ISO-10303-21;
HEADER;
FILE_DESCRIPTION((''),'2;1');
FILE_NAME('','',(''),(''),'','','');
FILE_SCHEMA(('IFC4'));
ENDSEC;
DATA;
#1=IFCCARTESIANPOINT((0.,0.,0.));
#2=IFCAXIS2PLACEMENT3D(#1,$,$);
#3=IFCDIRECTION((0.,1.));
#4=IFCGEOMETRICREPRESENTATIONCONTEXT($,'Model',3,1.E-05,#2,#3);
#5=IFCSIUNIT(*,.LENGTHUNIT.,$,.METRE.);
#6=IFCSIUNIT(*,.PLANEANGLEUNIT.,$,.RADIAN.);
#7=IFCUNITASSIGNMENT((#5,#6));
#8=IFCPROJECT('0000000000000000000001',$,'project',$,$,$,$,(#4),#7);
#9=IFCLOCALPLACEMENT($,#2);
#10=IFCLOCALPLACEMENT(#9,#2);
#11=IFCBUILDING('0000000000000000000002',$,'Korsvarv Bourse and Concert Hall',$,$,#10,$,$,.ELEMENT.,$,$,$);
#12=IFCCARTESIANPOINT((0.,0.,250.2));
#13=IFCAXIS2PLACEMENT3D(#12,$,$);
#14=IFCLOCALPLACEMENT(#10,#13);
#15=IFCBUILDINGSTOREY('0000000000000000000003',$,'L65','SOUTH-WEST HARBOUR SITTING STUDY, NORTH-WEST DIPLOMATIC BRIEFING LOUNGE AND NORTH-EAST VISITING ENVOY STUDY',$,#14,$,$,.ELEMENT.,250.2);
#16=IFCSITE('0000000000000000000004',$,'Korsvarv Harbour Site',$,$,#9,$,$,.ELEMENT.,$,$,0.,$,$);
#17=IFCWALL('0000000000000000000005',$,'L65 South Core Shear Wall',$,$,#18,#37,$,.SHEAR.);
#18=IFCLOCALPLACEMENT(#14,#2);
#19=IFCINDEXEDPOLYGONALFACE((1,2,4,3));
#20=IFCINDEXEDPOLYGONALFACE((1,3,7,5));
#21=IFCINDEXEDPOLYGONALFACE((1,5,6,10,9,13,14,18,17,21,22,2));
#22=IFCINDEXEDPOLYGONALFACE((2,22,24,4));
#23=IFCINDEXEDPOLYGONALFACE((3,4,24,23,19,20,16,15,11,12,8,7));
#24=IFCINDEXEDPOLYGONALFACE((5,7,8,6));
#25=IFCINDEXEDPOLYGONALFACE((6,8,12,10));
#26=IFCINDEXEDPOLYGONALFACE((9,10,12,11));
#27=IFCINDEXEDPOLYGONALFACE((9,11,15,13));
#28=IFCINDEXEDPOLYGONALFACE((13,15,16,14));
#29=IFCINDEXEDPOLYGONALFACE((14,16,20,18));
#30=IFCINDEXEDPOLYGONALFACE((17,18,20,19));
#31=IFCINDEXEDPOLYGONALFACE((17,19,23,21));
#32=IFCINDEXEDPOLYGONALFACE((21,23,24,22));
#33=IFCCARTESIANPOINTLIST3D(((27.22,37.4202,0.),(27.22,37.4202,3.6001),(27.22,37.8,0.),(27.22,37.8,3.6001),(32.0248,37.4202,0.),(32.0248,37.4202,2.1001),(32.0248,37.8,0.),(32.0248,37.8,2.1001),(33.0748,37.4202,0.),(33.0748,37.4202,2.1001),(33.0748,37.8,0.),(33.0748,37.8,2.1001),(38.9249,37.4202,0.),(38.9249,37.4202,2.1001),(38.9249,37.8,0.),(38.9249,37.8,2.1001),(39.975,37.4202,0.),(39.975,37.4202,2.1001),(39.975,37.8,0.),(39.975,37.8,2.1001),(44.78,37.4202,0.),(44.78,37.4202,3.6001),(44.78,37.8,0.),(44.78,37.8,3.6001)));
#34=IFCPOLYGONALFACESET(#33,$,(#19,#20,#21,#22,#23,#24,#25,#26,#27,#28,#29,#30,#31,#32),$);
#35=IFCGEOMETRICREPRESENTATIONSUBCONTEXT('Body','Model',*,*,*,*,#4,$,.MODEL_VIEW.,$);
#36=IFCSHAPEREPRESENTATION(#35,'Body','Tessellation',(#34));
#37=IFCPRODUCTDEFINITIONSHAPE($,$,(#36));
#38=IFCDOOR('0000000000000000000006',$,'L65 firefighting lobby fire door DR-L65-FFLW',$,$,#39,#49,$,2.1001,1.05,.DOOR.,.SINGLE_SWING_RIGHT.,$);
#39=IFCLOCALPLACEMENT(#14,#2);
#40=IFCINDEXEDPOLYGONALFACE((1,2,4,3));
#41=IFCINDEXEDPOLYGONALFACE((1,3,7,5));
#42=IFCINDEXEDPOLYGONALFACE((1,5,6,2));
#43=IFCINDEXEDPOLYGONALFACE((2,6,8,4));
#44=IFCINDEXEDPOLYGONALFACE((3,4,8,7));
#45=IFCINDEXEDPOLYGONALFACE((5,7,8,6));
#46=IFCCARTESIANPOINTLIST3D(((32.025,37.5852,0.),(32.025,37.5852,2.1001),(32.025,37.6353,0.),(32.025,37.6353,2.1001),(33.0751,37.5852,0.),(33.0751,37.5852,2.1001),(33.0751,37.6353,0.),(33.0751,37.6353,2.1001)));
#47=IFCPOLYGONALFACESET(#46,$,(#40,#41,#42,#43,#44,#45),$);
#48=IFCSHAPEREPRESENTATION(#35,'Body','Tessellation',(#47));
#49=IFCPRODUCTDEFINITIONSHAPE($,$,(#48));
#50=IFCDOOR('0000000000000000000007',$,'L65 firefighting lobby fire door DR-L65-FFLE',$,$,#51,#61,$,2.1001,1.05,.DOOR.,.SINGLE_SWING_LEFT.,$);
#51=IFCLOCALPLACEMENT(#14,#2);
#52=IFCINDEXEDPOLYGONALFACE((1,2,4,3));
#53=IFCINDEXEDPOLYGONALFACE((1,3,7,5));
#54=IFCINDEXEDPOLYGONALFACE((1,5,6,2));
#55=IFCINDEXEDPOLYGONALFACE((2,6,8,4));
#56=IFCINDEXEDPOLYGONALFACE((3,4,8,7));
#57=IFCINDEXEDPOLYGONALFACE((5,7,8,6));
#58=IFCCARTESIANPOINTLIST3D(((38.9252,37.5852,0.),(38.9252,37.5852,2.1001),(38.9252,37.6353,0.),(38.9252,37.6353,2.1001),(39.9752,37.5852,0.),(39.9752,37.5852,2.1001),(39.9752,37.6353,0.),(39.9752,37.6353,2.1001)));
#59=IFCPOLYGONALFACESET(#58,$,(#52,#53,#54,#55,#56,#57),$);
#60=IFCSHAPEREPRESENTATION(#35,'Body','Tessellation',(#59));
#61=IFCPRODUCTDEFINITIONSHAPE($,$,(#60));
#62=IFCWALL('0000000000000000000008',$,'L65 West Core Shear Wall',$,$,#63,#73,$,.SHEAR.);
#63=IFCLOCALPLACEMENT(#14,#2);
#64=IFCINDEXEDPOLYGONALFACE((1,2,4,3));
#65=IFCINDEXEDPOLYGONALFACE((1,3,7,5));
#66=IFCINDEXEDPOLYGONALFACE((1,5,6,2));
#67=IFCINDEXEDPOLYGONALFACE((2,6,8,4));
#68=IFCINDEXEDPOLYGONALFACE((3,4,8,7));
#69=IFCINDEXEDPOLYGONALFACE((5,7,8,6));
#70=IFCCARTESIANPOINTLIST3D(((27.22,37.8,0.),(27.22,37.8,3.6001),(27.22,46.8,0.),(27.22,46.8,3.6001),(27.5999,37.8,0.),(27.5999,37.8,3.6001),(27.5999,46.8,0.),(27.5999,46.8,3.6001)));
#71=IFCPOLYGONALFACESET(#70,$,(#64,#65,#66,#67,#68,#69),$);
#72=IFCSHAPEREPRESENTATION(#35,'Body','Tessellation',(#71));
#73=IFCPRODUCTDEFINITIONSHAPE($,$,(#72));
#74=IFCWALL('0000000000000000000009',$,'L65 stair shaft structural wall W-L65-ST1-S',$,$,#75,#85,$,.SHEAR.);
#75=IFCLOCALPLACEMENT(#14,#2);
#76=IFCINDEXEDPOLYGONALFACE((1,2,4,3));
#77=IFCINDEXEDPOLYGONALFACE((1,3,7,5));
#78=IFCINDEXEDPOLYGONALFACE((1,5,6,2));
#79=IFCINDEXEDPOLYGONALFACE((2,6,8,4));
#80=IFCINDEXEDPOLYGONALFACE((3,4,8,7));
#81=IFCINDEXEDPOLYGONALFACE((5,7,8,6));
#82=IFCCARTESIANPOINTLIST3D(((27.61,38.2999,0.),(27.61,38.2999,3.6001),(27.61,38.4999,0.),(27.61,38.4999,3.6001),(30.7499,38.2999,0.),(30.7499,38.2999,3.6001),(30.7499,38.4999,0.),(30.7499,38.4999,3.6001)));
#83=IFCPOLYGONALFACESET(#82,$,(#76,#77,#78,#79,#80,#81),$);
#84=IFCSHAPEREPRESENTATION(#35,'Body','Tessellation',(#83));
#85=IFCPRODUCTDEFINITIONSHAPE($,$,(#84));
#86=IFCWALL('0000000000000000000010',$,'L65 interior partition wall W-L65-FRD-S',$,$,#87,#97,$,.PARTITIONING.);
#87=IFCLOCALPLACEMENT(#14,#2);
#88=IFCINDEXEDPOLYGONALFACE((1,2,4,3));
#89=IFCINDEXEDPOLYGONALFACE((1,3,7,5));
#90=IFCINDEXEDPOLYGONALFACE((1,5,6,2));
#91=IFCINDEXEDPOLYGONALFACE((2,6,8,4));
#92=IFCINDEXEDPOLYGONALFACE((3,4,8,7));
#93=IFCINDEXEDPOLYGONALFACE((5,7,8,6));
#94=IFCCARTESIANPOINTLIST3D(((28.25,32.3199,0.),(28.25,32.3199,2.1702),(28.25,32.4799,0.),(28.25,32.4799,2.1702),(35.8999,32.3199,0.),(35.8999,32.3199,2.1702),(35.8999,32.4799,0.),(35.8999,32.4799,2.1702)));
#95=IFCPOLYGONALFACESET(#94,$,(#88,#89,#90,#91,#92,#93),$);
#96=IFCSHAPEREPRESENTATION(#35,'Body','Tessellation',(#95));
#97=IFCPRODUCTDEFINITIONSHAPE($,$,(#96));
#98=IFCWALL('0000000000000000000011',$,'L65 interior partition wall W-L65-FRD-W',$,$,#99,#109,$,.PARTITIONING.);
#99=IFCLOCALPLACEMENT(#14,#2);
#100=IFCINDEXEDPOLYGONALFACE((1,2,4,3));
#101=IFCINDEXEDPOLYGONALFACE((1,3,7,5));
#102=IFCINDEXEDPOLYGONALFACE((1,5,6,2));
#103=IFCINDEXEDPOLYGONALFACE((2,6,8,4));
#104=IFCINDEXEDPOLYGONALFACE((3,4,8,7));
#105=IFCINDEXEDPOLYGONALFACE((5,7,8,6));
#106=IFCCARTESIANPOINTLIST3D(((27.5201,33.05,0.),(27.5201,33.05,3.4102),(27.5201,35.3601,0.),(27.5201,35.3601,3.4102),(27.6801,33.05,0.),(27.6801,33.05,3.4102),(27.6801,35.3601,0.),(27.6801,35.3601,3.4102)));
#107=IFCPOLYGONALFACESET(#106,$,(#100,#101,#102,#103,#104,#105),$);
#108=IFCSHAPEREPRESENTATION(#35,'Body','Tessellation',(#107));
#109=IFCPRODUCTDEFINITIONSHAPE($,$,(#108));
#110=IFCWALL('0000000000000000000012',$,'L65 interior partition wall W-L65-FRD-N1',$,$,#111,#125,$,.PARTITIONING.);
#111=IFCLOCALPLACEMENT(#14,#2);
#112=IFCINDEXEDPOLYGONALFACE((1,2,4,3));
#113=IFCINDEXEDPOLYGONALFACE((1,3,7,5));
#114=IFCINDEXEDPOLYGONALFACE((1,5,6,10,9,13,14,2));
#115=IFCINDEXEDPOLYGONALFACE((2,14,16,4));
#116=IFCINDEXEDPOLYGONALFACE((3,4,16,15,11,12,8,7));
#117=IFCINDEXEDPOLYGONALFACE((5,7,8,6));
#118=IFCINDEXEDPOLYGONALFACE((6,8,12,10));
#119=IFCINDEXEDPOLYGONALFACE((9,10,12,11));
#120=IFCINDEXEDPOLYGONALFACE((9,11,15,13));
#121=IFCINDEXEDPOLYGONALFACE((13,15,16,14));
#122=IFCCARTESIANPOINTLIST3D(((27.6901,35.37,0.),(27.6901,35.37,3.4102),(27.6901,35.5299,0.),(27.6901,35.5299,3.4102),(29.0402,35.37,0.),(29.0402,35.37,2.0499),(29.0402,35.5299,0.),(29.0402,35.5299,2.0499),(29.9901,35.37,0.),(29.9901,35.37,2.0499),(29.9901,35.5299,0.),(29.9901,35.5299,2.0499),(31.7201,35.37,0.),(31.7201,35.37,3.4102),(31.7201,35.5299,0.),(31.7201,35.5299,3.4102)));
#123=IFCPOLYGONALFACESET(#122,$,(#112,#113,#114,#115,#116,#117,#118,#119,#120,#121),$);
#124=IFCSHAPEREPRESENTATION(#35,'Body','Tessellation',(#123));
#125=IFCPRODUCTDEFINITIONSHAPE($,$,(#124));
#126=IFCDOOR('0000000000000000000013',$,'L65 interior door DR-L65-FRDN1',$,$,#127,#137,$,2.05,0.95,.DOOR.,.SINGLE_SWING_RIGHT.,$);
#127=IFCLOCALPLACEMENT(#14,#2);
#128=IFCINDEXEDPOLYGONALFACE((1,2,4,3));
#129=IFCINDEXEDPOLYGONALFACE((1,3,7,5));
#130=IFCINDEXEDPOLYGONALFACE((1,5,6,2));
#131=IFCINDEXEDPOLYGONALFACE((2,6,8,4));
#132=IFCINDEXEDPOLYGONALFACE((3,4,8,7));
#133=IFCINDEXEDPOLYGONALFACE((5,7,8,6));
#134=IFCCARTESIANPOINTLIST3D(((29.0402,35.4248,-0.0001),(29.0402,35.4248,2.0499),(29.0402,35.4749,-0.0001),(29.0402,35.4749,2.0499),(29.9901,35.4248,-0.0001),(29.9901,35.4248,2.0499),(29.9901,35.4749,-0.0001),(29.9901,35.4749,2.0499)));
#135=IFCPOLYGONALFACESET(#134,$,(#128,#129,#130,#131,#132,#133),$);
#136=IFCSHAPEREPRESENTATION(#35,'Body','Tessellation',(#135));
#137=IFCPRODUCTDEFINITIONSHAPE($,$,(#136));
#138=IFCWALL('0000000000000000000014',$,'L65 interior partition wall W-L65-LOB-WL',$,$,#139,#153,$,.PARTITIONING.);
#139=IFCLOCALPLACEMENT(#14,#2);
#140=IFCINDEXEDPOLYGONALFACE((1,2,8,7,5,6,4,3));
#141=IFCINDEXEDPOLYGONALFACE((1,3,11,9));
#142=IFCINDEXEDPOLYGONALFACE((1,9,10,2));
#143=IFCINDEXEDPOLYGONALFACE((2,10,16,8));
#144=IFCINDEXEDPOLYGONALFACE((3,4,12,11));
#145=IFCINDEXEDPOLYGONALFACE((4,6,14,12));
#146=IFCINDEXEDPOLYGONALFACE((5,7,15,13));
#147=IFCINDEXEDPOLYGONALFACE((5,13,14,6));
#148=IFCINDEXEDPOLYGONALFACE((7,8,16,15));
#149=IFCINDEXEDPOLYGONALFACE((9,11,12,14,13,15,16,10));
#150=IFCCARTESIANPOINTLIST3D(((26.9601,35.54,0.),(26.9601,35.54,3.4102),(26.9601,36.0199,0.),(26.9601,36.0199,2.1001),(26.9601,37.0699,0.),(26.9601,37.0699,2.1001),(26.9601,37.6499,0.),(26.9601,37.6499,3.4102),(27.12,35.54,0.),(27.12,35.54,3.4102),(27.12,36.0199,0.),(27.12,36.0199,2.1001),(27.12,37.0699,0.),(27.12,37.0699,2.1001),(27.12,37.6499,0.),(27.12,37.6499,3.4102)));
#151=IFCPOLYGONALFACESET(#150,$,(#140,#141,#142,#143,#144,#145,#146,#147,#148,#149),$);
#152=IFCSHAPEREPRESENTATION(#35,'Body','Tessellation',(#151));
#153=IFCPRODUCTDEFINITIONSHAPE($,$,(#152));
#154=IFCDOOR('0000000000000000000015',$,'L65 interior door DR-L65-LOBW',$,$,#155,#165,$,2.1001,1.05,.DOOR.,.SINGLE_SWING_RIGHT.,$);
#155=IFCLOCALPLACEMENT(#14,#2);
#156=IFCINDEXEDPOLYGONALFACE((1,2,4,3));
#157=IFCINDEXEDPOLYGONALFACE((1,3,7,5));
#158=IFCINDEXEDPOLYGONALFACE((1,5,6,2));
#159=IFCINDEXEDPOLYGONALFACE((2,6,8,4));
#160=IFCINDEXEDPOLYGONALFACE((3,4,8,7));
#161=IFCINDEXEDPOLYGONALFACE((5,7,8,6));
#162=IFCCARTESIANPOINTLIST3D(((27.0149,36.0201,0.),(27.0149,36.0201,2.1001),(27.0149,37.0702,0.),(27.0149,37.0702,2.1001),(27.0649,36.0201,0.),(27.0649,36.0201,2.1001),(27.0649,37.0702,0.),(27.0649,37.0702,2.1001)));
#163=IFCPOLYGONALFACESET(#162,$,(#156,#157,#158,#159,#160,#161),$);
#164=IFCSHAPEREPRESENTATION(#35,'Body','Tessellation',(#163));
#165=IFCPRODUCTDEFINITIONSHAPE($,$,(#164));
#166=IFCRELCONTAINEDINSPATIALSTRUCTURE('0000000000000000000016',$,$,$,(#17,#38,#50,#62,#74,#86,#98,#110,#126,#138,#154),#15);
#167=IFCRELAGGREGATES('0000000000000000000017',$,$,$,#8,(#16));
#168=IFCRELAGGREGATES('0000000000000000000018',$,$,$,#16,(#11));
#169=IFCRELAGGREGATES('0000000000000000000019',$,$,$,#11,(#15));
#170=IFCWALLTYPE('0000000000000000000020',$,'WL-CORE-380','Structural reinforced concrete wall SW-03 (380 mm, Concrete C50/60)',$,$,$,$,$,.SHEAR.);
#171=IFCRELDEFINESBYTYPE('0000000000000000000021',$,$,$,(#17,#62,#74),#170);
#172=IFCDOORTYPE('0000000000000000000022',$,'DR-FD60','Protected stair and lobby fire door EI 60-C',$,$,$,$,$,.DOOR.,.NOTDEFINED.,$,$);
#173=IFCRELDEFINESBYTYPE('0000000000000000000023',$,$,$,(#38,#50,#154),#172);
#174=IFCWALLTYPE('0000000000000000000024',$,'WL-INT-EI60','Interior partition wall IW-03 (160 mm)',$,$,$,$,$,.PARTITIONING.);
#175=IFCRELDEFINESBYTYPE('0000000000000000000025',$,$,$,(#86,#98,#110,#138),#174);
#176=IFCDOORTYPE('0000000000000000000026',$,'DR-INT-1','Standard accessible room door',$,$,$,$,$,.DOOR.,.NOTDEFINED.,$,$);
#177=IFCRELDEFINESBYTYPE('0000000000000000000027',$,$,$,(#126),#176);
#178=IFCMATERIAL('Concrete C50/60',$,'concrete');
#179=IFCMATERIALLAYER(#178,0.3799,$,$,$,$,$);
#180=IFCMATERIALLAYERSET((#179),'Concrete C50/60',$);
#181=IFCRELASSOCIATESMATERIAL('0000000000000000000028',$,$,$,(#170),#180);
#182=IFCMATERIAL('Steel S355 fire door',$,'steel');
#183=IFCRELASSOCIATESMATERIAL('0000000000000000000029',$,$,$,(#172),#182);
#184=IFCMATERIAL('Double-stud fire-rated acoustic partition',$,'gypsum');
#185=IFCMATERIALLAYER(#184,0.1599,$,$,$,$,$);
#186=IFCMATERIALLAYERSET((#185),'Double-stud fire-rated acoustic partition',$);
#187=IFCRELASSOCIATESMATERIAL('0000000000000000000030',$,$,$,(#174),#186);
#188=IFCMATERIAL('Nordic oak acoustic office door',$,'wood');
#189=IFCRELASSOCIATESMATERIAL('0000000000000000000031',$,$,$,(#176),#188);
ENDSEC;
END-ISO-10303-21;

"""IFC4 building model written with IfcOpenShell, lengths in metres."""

from ifc_helpers import new_model, si_unit, direction, frame, frame_2d, origin, place, context, subcontext, project, spatial, rectangle, extrude, material, layer, layer_set, type_object, element, fill, save


model = new_model("IFC4")

# Units and contexts
model_context = context("Model", 3, precision=1e-05, world=origin(), true_north=direction((0.0, 1.0)))
body_context = subcontext(model_context, "Body", "Model", "MODEL_VIEW")
ifc_project = project(units=[si_unit("LENGTHUNIT", "METRE"), si_unit("PLANEANGLEUNIT", "RADIAN")], contexts=[model_context])

# Site, building, storey
site_placement = place(None, origin())
site = spatial("IfcSite", under=ifc_project, at=site_placement, Name="Korsvarv Harbour Site", CompositionType="ELEMENT", RefElevation=0.0)
building_placement = place(site_placement, origin())
building = spatial("IfcBuilding", under=site, at=building_placement, Name="Korsvarv Bourse and Concert Hall", CompositionType="ELEMENT")
storey_placement = place(building_placement, frame((0.0, 0.0, 250.2)))
storey = spatial("IfcBuildingStorey", under=building, at=storey_placement, Name="L65", Description="SOUTH-WEST HARBOUR SITTING STUDY, NORTH-WEST DIPLOMATIC BRIEFING LOUNGE AND NORTH-EAST VISITING ENVOY STUDY", CompositionType="ELEMENT", Elevation=250.2)

# Shared definitions
ifc_material_1 = material(Name="Concrete C50/60", Category="concrete")

# Wall, openings, doors
ifc_layer_1 = layer(ifc_material_1, 0.3799)
ifc_layer_set_1 = layer_set([ifc_layer_1], Name="Concrete C50/60")
wall_type_1 = type_object("IfcWallType", Name="WL-CORE-380", Description="Structural reinforced concrete wall SW-03 (380 mm, Concrete C50/60)", PredefinedType="SHEAR", material=ifc_layer_set_1)
wall_1_placement = place(storey_placement, frame((27.22, 37.6101, 0.0), z_axis=(0.0, 0.0, 1.0), x_axis=(1.0, 0.0, 0.0)))
wall_1 = element("IfcWall", 1, at=wall_1_placement, inside=storey, type_object=wall_type_1, Name="L65 South Core Shear Wall", PredefinedType="SHEAR", context=body_context, shape_type="SweptSolid", body=[
    extrude(rectangle(XDim=17.5601, YDim=0.3799, at=frame_2d((8.78, 0.0))), origin(), (0.0, 0.0, 1.0), 3.6001),
])
opening_1_placement = place(wall_1_placement, frame((4.8049, 0.0, 0.0)))
opening_1 = element("IfcOpeningElement", 2, at=opening_1_placement, cuts=wall_1, PredefinedType="OPENING", context=body_context, shape_type="SweptSolid", body=[
    extrude(rectangle(XDim=1.05, YDim=2.1001, at=frame_2d((0.5249, 1.05))), frame((0.0, 0.2, 0.0), z_axis=(0.0, -1.0, 0.0), x_axis=(1.0, 0.0, 0.0)), (0.0, 0.0, 1.0), 0.3999),
])
opening_2_placement = place(wall_1_placement, frame((11.7051, 0.0, 0.0)))
opening_2 = element("IfcOpeningElement", 3, at=opening_2_placement, cuts=wall_1, PredefinedType="OPENING", context=body_context, shape_type="SweptSolid", body=[
    extrude(rectangle(XDim=1.05, YDim=2.1001, at=frame_2d((0.5249, 1.05))), frame((0.0, 0.2, 0.0), z_axis=(0.0, -1.0, 0.0), x_axis=(1.0, 0.0, 0.0)), (0.0, 0.0, 1.0), 0.3999),
])
ifc_material_2 = material(Name="Steel S355 fire door", Category="steel")
door_type_1 = type_object("IfcDoorType", Name="DR-FD60", Description="Protected stair and lobby fire door EI 60-C", OperationType="NOTDEFINED", PredefinedType="DOOR", material=ifc_material_2)
door_1_placement = place(opening_1_placement, frame((1.05, 0.0, 0.0), z_axis=(0.0, 0.0, 1.0), x_axis=(-1.0, 0.0, 0.0)))
door_1 = element("IfcDoor", 4, at=door_1_placement, inside=storey, type_object=door_type_1, Name="L65 firefighting lobby fire door DR-L65-FFLW", OperationType="SINGLE_SWING_RIGHT", OverallHeight=2.1001, OverallWidth=1.05, PredefinedType="DOOR", context=body_context, shape_type="SweptSolid", body=[
    extrude(rectangle(XDim=1.05, YDim=2.1001, at=frame_2d((0.5249, 1.05))), frame((0.0, 0.0249, 0.0), z_axis=(0.0, -1.0, 0.0), x_axis=(1.0, 0.0, 0.0)), (0.0, 0.0, 1.0), 0.05),
])
fill(opening_1, door_1)
door_2_placement = place(opening_2_placement, frame((1.05, 0.0, 0.0), z_axis=(0.0, 0.0, 1.0), x_axis=(-1.0, 0.0, 0.0)))
door_2 = element("IfcDoor", 5, at=door_2_placement, inside=storey, type_object=door_type_1, Name="L65 firefighting lobby fire door DR-L65-FFLE", OperationType="SINGLE_SWING_LEFT", OverallHeight=2.1001, OverallWidth=1.05, PredefinedType="DOOR", context=body_context, shape_type="SweptSolid", body=[
    extrude(rectangle(XDim=1.05, YDim=2.1001, at=frame_2d((0.5249, 1.05))), frame((0.0, 0.0249, 0.0), z_axis=(0.0, -1.0, 0.0), x_axis=(1.0, 0.0, 0.0)), (0.0, 0.0, 1.0), 0.05),
])
fill(opening_2, door_2)

# Walls
wall_2_placement = place(storey_placement, frame((27.4099, 37.8, 0.0), z_axis=(0.0, 0.0, 1.0), x_axis=(0.0, 1.0, 0.0)))
element("IfcWall", 6, at=wall_2_placement, inside=storey, type_object=wall_type_1, Name="L65 West Core Shear Wall", PredefinedType="SHEAR", context=body_context, shape_type="SweptSolid", body=[
    extrude(rectangle(XDim=9.0, YDim=0.3799, at=frame_2d((4.5, 0.0))), origin(), (0.0, 0.0, 1.0), 3.6001),
])
wall_3_placement = place(storey_placement, frame((27.6101, 38.3999, 0.0), z_axis=(0.0, 0.0, 1.0), x_axis=(1.0, 0.0, 0.0)))
element("IfcWall", 7, at=wall_3_placement, inside=storey, type_object=wall_type_1, Name="L65 stair shaft structural wall W-L65-ST1-S", PredefinedType="SHEAR", context=body_context, shape_type="SweptSolid", body=[
    extrude(rectangle(XDim=3.1399, YDim=0.2, at=frame_2d((1.5698, 0.0))), origin(), (0.0, 0.0, 1.0), 3.6001),
])
ifc_material_3 = material(Name="Double-stud fire-rated acoustic partition", Category="gypsum")
ifc_layer_2 = layer(ifc_material_3, 0.1599)
ifc_layer_set_2 = layer_set([ifc_layer_2], Name="Double-stud fire-rated acoustic partition")
wall_type_2 = type_object("IfcWallType", Name="WL-INT-EI60", Description="Interior partition wall IW-03 (160 mm)", PredefinedType="PARTITIONING", material=ifc_layer_set_2)
wall_4_placement = place(storey_placement, frame((28.25, 32.3999, 0.0), z_axis=(0.0, 0.0, 1.0), x_axis=(1.0, 0.0, 0.0)))
element("IfcWall", 8, at=wall_4_placement, inside=storey, type_object=wall_type_2, Name="L65 interior partition wall W-L65-FRD-S", PredefinedType="PARTITIONING", context=body_context, shape_type="SweptSolid", body=[
    extrude(rectangle(XDim=7.6499, YDim=0.1599, at=frame_2d((3.825, 0.0))), origin(), (0.0, 0.0, 1.0), 2.1702),
])
wall_5_placement = place(storey_placement, frame((27.6001, 33.05, 0.0), z_axis=(0.0, 0.0, 1.0), x_axis=(0.0, 1.0, 0.0)))
element("IfcWall", 9, at=wall_5_placement, inside=storey, type_object=wall_type_2, Name="L65 interior partition wall W-L65-FRD-W", PredefinedType="PARTITIONING", context=body_context, shape_type="SweptSolid", body=[
    extrude(rectangle(XDim=2.3101, YDim=0.1599, at=frame_2d((1.155, 0.0))), origin(), (0.0, 0.0, 1.0), 3.4102),
])

# Walls, openings, doors
wall_6_placement = place(storey_placement, frame((27.6899, 35.45, 0.0), z_axis=(0.0, 0.0, 1.0), x_axis=(1.0, 0.0, 0.0)))
wall_6 = element("IfcWall", 10, at=wall_6_placement, inside=storey, type_object=wall_type_2, Name="L65 interior partition wall W-L65-FRD-N1", PredefinedType="PARTITIONING", context=body_context, shape_type="SweptSolid", body=[
    extrude(rectangle(XDim=4.03, YDim=0.1599, at=frame_2d((2.0151, 0.0))), origin(), (0.0, 0.0, 1.0), 3.4102),
])
opening_3_placement = place(wall_6_placement, frame((1.3501, 0.0, 0.0)))
opening_3 = element("IfcOpeningElement", 11, at=opening_3_placement, cuts=wall_6, PredefinedType="OPENING", context=body_context, shape_type="SweptSolid", body=[
    extrude(rectangle(XDim=0.95, YDim=2.05, at=frame_2d((0.4751, 1.0249))), frame((0.0, 0.0898, 0.0), z_axis=(0.0, -1.0, 0.0), x_axis=(1.0, 0.0, 0.0)), (0.0, 0.0, 1.0), 0.1799),
])
ifc_material_4 = material(Name="Nordic oak acoustic office door", Category="wood")
door_type_2 = type_object("IfcDoorType", Name="DR-INT-1", Description="Standard accessible room door", OperationType="NOTDEFINED", PredefinedType="DOOR", material=ifc_material_4)
door_3_placement = place(opening_3_placement, origin())
door_3 = element("IfcDoor", 12, at=door_3_placement, inside=storey, type_object=door_type_2, Name="L65 interior door DR-L65-FRDN1", OperationType="SINGLE_SWING_RIGHT", OverallHeight=2.05, OverallWidth=0.95, PredefinedType="DOOR", context=body_context, shape_type="SweptSolid", body=[
    extrude(rectangle(XDim=0.95, YDim=2.05, at=frame_2d((0.4751, 1.0249))), frame((0.0, 0.0249, 0.0), z_axis=(0.0, -1.0, 0.0), x_axis=(1.0, 0.0, 0.0)), (0.0, 0.0, 1.0), 0.05),
])
fill(opening_3, door_3)
wall_7_placement = place(storey_placement, frame((27.04, 35.54, 0.0), z_axis=(0.0, 0.0, 1.0), x_axis=(0.0, 1.0, 0.0)))
wall_7 = element("IfcWall", 13, at=wall_7_placement, inside=storey, type_object=wall_type_2, Name="L65 interior partition wall W-L65-LOB-WL", PredefinedType="PARTITIONING", context=body_context, shape_type="SweptSolid", body=[
    extrude(rectangle(XDim=2.1099, YDim=0.1599, at=frame_2d((1.0549, 0.0))), origin(), (0.0, 0.0, 1.0), 3.4102),
])
opening_4_placement = place(wall_7_placement, frame((0.48, 0.0, 0.0)))
opening_4 = element("IfcOpeningElement", 14, at=opening_4_placement, cuts=wall_7, PredefinedType="OPENING", context=body_context, shape_type="SweptSolid", body=[
    extrude(rectangle(XDim=1.05, YDim=2.1001, at=frame_2d((0.5249, 1.05))), frame((0.0, 0.0898, 0.0), z_axis=(0.0, -1.0, 0.0), x_axis=(1.0, 0.0, 0.0)), (0.0, 0.0, 1.0), 0.1799),
])
door_4_placement = place(opening_4_placement, frame((1.05, 0.0, 0.0), z_axis=(0.0, 0.0, 1.0), x_axis=(-1.0, 0.0, 0.0)))
door_4 = element("IfcDoor", 15, at=door_4_placement, inside=storey, type_object=door_type_1, Name="L65 interior door DR-L65-LOBW", OperationType="SINGLE_SWING_RIGHT", OverallHeight=2.1001, OverallWidth=1.05, PredefinedType="DOOR", context=body_context, shape_type="SweptSolid", body=[
    extrude(rectangle(XDim=1.05, YDim=2.1001, at=frame_2d((0.5249, 1.05))), frame((0.0, 0.0249, 0.0), z_axis=(0.0, -1.0, 0.0), x_axis=(1.0, 0.0, 0.0)), (0.0, 0.0, 1.0), 0.05),
])
fill(opening_4, door_4)

save(model, "model.ifc")
